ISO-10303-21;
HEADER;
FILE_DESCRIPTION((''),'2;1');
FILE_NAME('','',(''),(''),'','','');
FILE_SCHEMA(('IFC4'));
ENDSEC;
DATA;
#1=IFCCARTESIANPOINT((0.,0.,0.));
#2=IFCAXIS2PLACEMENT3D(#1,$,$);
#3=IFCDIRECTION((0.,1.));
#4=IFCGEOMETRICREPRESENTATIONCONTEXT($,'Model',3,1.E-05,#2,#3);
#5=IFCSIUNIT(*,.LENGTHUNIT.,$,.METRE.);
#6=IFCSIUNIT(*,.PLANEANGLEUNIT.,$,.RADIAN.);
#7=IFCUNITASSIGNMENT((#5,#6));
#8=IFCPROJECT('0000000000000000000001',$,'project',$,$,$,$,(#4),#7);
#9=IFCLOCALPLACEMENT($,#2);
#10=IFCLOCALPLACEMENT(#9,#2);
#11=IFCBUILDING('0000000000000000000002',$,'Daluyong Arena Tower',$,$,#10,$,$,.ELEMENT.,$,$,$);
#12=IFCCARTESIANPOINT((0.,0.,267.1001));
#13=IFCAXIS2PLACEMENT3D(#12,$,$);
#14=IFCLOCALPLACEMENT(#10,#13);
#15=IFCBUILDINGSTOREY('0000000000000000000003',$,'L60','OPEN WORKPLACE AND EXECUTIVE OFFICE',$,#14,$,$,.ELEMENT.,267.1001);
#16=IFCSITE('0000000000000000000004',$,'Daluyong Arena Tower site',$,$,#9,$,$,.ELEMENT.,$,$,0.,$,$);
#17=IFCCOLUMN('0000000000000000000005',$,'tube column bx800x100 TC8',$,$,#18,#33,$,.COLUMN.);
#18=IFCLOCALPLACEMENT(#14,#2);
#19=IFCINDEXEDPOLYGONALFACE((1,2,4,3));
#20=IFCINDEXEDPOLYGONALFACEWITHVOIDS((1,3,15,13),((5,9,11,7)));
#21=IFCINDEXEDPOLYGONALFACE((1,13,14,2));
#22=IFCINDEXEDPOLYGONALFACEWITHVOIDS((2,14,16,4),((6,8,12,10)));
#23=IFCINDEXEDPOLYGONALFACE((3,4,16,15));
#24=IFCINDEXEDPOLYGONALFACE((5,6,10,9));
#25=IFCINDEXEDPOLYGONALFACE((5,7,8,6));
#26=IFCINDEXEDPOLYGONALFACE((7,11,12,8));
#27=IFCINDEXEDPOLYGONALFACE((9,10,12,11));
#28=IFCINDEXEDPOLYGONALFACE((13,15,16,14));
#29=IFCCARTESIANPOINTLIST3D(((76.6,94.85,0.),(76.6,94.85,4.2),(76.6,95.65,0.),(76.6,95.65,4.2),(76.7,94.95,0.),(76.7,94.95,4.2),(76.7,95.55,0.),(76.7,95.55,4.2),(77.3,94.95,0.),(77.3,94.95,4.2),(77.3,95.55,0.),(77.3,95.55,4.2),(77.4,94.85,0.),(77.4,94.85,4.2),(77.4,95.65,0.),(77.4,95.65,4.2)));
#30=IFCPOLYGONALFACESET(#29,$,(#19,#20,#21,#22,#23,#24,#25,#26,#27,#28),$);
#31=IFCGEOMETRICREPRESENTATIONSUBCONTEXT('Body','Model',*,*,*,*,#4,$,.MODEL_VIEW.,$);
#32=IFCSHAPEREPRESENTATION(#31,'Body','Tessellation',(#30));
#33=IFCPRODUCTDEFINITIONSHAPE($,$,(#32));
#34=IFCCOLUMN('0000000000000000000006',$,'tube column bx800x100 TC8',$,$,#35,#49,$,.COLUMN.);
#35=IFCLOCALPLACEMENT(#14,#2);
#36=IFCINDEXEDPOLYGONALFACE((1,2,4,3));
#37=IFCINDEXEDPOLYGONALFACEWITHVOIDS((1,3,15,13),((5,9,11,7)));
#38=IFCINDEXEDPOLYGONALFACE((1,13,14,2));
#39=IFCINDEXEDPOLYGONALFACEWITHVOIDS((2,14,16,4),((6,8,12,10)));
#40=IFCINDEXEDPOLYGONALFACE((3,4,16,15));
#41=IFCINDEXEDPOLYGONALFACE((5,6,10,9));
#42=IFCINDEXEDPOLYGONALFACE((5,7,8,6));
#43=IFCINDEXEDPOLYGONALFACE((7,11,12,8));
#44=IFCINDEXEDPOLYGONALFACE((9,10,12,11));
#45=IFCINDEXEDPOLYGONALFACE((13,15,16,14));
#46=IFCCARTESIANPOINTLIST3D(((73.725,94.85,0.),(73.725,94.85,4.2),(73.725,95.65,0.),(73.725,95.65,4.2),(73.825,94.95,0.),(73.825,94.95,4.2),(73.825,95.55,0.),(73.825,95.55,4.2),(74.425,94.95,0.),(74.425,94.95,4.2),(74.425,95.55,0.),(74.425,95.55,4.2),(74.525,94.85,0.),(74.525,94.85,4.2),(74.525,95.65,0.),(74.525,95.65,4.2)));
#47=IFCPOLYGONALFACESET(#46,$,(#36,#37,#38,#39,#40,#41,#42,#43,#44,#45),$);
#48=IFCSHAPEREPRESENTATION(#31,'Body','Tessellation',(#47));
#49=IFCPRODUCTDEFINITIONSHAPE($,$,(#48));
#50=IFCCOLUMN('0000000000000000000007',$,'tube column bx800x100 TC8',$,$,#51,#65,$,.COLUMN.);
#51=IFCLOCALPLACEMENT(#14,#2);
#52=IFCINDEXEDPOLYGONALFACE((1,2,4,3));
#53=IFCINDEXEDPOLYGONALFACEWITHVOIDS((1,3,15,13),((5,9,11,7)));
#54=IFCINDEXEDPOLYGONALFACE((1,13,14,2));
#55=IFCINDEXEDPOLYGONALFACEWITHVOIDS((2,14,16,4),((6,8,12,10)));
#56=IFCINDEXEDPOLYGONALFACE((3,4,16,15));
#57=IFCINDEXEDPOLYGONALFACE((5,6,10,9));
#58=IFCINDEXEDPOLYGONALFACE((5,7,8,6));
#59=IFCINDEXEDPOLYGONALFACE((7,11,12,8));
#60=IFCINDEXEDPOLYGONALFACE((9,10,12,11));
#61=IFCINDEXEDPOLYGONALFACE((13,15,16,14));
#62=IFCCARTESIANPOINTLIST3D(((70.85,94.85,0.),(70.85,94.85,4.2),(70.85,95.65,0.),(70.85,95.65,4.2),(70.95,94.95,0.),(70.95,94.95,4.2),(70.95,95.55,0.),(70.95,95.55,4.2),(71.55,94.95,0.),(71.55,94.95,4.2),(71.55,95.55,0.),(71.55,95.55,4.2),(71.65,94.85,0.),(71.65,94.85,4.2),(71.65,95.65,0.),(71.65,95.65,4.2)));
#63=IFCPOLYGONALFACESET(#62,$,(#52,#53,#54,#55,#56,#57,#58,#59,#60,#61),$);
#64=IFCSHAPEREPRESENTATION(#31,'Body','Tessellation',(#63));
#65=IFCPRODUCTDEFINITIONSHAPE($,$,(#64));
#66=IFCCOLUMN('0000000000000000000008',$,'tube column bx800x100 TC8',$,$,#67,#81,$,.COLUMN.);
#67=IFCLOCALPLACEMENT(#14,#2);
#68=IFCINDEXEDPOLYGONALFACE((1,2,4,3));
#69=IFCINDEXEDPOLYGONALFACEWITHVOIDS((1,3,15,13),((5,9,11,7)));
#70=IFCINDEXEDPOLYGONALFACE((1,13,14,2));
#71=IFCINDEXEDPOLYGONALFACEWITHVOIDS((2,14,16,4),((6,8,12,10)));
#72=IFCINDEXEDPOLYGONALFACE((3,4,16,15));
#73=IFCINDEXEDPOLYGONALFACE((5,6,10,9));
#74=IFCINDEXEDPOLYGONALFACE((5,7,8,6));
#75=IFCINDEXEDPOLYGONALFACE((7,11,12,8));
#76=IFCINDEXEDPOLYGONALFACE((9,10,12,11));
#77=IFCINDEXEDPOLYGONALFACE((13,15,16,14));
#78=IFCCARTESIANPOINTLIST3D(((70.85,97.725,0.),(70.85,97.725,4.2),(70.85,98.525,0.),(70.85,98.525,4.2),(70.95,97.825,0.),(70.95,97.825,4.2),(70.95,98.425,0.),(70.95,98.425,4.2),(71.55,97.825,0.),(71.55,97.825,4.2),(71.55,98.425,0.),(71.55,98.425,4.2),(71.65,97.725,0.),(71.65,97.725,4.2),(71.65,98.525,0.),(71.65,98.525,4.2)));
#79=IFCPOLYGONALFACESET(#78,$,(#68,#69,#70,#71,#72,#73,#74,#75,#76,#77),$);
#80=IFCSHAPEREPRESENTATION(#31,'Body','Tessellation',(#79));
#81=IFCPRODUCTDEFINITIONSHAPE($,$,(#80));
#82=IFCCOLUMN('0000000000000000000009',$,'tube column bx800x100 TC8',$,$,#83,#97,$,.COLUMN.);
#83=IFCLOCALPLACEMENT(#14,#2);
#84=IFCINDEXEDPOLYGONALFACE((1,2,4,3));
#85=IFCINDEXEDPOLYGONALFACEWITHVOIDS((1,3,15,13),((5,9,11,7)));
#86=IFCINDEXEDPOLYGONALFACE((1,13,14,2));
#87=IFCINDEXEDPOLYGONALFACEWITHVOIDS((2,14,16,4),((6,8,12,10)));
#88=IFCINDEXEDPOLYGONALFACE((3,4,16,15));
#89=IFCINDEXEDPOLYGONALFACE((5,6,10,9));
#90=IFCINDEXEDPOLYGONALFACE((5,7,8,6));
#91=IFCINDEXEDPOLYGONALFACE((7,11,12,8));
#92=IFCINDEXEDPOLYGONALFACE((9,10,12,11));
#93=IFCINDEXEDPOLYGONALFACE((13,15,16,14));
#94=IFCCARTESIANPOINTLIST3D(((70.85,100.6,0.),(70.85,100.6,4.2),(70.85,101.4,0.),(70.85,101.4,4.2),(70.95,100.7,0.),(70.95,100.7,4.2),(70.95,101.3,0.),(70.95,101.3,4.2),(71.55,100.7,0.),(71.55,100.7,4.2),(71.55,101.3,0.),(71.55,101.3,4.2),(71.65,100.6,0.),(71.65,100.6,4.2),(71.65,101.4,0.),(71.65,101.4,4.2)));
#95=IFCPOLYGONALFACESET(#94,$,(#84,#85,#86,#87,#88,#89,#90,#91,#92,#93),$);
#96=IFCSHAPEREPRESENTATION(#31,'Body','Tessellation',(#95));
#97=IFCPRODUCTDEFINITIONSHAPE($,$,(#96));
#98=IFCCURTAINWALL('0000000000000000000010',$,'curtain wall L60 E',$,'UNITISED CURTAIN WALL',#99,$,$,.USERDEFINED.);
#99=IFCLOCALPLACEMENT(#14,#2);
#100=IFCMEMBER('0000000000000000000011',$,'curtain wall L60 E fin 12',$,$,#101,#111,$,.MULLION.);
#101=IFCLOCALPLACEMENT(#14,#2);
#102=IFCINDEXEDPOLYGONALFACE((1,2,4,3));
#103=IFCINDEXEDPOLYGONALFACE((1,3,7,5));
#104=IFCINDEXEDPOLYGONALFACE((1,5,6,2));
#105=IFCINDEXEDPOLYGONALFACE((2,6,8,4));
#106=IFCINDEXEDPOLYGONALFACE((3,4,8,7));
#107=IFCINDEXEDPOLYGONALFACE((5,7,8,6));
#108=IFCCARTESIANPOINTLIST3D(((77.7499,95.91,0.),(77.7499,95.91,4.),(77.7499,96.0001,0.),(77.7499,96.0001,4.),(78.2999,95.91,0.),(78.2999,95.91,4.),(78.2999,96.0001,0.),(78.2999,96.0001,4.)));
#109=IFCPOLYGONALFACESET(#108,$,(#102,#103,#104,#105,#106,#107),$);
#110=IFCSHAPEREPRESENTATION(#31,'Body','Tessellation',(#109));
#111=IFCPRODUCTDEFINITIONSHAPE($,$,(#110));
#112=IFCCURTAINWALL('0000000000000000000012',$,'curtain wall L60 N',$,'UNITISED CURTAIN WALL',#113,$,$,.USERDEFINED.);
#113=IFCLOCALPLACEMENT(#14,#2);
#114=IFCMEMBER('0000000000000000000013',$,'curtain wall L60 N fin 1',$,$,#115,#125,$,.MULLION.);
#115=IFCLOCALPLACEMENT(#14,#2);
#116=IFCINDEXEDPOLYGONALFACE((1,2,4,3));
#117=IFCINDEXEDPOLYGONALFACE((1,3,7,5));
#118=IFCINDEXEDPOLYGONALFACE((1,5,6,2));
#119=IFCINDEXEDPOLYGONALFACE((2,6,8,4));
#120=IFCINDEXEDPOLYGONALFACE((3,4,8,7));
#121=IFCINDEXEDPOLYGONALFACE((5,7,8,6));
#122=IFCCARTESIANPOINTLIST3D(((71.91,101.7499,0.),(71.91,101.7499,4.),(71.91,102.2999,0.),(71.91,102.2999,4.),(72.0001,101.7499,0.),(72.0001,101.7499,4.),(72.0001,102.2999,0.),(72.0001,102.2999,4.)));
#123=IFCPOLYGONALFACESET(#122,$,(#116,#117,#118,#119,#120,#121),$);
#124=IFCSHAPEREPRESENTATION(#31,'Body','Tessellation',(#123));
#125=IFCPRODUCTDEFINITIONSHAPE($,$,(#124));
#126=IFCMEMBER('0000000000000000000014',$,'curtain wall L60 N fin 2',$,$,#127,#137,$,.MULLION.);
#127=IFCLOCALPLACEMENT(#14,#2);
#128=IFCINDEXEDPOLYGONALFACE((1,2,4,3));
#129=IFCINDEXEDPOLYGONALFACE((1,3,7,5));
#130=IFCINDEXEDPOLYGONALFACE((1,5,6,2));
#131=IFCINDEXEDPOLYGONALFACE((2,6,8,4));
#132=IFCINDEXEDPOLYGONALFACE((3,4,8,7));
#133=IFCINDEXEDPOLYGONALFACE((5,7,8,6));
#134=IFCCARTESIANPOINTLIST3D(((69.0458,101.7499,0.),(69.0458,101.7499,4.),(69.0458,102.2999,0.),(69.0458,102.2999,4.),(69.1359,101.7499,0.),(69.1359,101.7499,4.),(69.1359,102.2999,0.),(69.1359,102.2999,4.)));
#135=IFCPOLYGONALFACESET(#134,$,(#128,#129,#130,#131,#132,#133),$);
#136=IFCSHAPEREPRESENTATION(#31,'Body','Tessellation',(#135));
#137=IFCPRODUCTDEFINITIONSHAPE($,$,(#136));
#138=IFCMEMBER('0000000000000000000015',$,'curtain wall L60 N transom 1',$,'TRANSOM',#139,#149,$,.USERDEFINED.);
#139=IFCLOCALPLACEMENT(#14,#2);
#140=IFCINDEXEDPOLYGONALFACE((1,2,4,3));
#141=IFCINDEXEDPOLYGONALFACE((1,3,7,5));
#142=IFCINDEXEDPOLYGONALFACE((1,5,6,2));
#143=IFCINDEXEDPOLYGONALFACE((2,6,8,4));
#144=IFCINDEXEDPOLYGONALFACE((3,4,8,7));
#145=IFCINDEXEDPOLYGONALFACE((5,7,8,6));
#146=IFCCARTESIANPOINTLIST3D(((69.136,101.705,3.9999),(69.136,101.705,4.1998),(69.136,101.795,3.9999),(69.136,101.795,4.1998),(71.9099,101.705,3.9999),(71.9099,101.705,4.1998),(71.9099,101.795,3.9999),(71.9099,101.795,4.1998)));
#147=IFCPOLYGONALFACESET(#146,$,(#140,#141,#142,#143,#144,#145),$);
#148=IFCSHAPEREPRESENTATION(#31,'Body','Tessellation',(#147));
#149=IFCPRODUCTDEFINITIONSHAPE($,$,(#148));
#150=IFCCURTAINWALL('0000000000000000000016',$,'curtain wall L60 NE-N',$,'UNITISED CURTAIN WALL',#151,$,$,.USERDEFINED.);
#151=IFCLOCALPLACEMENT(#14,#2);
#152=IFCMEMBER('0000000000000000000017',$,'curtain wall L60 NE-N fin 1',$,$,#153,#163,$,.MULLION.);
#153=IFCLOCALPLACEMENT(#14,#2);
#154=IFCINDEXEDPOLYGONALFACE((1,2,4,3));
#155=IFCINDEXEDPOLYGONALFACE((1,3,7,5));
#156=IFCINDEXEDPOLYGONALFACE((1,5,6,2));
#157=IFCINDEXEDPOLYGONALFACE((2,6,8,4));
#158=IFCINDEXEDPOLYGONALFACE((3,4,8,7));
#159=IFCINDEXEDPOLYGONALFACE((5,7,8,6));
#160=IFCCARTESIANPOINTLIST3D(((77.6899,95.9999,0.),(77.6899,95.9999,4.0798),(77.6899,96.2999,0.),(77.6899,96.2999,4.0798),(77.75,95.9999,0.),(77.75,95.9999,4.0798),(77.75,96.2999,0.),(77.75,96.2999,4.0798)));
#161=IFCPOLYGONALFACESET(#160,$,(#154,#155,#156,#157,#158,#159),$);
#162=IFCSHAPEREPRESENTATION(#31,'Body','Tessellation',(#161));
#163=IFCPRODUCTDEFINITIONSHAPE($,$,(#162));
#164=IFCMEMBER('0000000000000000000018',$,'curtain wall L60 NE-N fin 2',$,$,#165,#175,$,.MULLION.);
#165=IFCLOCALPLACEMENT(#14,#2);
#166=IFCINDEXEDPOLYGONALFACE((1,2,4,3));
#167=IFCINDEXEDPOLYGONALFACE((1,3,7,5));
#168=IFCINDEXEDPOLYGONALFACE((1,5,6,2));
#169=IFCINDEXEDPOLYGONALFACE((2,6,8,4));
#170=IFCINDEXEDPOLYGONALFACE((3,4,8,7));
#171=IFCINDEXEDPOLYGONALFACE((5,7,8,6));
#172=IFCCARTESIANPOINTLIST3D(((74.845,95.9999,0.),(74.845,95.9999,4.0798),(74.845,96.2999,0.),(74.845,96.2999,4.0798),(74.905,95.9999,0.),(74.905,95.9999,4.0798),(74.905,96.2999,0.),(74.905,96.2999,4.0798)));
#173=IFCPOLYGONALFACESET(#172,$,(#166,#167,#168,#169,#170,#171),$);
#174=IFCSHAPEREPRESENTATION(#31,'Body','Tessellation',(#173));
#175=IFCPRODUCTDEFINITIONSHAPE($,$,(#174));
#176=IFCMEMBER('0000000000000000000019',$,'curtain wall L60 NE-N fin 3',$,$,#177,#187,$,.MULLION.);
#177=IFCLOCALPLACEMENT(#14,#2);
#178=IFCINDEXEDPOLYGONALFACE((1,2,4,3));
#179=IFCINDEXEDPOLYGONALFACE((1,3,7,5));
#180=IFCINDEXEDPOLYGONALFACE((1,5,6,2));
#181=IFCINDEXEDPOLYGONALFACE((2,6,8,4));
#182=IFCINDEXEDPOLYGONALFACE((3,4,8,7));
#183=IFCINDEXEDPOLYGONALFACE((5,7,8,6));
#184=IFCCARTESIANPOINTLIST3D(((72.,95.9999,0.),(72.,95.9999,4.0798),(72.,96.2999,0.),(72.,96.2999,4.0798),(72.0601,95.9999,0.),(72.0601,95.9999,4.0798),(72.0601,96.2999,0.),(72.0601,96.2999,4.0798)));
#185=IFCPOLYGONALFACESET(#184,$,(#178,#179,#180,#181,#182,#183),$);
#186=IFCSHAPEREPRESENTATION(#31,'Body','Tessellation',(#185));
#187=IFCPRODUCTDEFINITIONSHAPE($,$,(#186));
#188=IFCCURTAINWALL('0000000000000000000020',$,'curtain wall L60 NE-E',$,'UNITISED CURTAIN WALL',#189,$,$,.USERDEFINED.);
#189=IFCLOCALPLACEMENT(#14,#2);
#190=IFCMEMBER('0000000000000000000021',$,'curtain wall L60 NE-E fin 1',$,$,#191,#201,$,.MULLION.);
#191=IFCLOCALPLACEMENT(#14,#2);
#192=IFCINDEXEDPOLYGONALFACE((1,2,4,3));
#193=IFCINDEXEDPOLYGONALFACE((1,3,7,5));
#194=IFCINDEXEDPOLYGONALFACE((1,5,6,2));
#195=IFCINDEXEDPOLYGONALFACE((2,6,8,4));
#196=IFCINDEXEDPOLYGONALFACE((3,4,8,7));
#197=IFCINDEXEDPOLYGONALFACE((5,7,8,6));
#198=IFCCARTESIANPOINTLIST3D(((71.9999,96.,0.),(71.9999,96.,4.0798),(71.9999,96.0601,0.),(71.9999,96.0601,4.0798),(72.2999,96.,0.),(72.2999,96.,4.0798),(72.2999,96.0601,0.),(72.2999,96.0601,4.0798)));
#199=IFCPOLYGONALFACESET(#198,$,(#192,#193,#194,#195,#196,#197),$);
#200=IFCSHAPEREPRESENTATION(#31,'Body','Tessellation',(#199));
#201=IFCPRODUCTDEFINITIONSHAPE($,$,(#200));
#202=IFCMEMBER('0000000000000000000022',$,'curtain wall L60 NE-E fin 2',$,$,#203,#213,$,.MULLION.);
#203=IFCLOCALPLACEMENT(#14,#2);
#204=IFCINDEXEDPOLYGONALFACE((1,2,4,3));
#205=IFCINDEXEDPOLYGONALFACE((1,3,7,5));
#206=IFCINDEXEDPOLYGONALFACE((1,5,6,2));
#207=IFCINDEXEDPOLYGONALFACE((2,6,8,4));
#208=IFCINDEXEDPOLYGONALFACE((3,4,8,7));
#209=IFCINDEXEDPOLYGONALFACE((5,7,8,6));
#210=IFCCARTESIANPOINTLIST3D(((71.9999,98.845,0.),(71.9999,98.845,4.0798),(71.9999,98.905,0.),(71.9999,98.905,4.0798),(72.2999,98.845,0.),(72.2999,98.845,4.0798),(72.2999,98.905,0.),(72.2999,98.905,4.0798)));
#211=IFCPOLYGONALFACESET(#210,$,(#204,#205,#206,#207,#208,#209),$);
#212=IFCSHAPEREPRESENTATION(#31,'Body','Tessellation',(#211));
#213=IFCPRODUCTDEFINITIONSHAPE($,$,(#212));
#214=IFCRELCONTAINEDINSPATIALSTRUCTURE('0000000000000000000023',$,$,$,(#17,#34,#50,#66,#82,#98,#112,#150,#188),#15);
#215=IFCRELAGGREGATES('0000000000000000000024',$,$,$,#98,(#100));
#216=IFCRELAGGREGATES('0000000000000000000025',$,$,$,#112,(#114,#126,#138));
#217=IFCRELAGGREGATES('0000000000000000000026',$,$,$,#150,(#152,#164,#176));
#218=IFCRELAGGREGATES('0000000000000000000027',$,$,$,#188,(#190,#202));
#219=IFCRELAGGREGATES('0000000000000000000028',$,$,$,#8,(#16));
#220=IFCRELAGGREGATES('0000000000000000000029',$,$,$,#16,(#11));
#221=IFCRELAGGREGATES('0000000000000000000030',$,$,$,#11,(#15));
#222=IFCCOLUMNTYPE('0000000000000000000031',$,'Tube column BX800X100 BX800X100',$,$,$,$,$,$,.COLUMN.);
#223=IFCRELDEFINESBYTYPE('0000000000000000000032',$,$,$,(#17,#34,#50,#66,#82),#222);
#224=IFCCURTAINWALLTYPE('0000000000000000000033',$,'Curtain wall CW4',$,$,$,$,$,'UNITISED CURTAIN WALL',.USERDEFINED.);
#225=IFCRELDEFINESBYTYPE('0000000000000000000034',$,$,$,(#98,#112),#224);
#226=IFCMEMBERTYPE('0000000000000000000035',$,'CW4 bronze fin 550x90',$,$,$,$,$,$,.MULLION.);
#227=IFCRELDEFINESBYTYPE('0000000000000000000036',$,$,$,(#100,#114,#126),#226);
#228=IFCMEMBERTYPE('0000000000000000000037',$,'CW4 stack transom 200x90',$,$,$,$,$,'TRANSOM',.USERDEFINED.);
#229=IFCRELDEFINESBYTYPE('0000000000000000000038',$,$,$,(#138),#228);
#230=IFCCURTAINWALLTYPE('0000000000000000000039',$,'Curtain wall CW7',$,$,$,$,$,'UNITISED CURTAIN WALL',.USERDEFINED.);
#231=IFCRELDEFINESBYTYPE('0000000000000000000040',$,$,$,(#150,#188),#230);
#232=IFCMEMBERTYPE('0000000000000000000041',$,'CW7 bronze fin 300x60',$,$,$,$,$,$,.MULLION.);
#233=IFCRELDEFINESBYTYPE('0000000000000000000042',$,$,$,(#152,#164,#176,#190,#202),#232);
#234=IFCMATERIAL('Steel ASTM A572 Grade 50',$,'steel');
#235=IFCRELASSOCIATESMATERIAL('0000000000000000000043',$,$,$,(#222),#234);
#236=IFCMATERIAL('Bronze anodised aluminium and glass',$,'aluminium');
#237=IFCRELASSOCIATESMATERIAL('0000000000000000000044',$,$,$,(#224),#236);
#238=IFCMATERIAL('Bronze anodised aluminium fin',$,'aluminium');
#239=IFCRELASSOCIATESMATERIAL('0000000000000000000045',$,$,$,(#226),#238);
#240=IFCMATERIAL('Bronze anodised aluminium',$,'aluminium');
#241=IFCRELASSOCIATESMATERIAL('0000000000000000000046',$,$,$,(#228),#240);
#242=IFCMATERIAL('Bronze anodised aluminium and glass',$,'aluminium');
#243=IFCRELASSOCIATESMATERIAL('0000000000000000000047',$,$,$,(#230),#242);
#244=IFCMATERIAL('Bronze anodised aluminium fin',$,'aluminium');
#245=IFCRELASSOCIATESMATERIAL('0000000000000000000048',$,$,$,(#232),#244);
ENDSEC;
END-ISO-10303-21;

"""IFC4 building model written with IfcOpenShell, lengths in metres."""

from ifc_helpers import new_model, si_unit, direction, frame, origin, origin_2d, place, context, subcontext, project, spatial, rectangle, hollow_rectangle, extrude, material, material_profile, profile_set, type_object, element, aggregate, save


model = new_model("IFC4")

# Units and contexts
model_context = context("Model", 3, precision=1e-05, world=origin(), true_north=direction((0.0, 1.0)))
body_context = subcontext(model_context, "Body", "Model", "MODEL_VIEW")
ifc_project = project(units=[si_unit("LENGTHUNIT", "METRE"), si_unit("PLANEANGLEUNIT", "RADIAN")], contexts=[model_context])

# Site, building, storey
site_placement = place(None, origin())
site = spatial("IfcSite", under=ifc_project, at=site_placement, Name="Daluyong Arena Tower site", CompositionType="ELEMENT", RefElevation=0.0)
building_placement = place(site_placement, origin())
building = spatial("IfcBuilding", under=site, at=building_placement, Name="Daluyong Arena Tower", CompositionType="ELEMENT")
storey_placement = place(building_placement, frame((0.0, 0.0, 267.1001)))
storey = spatial("IfcBuildingStorey", under=building, at=storey_placement, Name="L60", Description="OPEN WORKPLACE AND EXECUTIVE OFFICE", CompositionType="ELEMENT", Elevation=267.1001)

# Columns
ifc_material_1 = material(Name="Steel ASTM A572 Grade 50", Category="steel")
ifc_material_profile_1 = material_profile(ifc_material_1, hollow_rectangle(XDim=0.8, YDim=0.8, WallThickness=0.1, at=origin_2d()))
ifc_profile_set_1 = profile_set([ifc_material_profile_1], Name="Steel ASTM A572 Grade 50")
column_type = type_object("IfcColumnType", Name="Tube column BX800X100 BX800X100", PredefinedType="COLUMN", material=ifc_profile_set_1)
for number, where, z_axis, x_axis, name in (
    (1, (77.0, 95.25, 0.0), (0.0, 0.0, 1.0), (1.0, 0.0, 0.0), "tube column bx800x100 TC8"),
    (2, (74.125, 95.25, 0.0), (0.0, 0.0, 1.0), (1.0, 0.0, 0.0), "tube column bx800x100 TC8"),
    (3, (71.25, 95.25, 0.0), (0.0, 0.0, 1.0), (0.0, 1.0, 0.0), "tube column bx800x100 TC8"),
    (4, (71.25, 98.125, 0.0), (0.0, 0.0, 1.0), (0.0, 1.0, 0.0), "tube column bx800x100 TC8"),
    (5, (71.25, 101.0, 0.0), (0.0, 0.0, 1.0), (1.0, 0.0, 0.0), "tube column bx800x100 TC8"),
):
    element("IfcColumn", number, at=place(storey_placement, frame(where, z_axis=z_axis, x_axis=x_axis)), inside=storey, type_object=column_type, Name=name, PredefinedType="COLUMN", context=body_context, shape_type="SweptSolid", body=[
        extrude(hollow_rectangle(XDim=0.8, YDim=0.8, WallThickness=0.1, at=origin_2d()), origin(), (0.0, 0.0, 1.0), 4.2),
    ])

# Curtain wall, member
ifc_material_2 = material(Name="Bronze anodised aluminium and glass", Category="aluminium")
curtain_wall_type_1 = type_object("IfcCurtainWallType", Name="Curtain wall CW4", ElementType="UNITISED CURTAIN WALL", PredefinedType="USERDEFINED", material=ifc_material_2)
curtain_wall_1_placement = place(storey_placement, origin())
curtain_wall_1 = element("IfcCurtainWall", 6, at=curtain_wall_1_placement, inside=storey, type_object=curtain_wall_type_1, Name="curtain wall L60 E", ObjectType="UNITISED CURTAIN WALL", PredefinedType="USERDEFINED")
ifc_material_3 = material(Name="Bronze anodised aluminium fin", Category="aluminium")
ifc_material_profile_2 = material_profile(ifc_material_3, rectangle(XDim=0.55, YDim=0.0901, at=origin_2d()))
ifc_profile_set_2 = profile_set([ifc_material_profile_2], Name="Bronze anodised aluminium fin")
member_type_1 = type_object("IfcMemberType", Name="CW4 bronze fin 550x90", PredefinedType="MULLION", material=ifc_profile_set_2)
member_1_placement = place(storey_placement, frame((78.0249, 95.9551, 0.0), z_axis=(0.0, 0.0, 1.0), x_axis=(-1.0, 0.0, 0.0)))
member_1 = element("IfcMember", 7, at=member_1_placement, type_object=member_type_1, Name="curtain wall L60 E fin 12", PredefinedType="MULLION", context=body_context, shape_type="SweptSolid", body=[
    extrude(rectangle(XDim=0.55, YDim=0.0901, at=origin_2d()), origin(), (0.0, 0.0, 1.0), 4.0),
])

# Curtain walls, members
curtain_wall_2_placement = place(storey_placement, origin())
curtain_wall_2 = element("IfcCurtainWall", 8, at=curtain_wall_2_placement, inside=storey, type_object=curtain_wall_type_1, Name="curtain wall L60 N", ObjectType="UNITISED CURTAIN WALL", PredefinedType="USERDEFINED")
member_2_placement = place(storey_placement, frame((71.9551, 102.0249, 0.0), z_axis=(0.0, 0.0, 1.0), x_axis=(0.0, -1.0, 0.0)))
member_2 = element("IfcMember", 9, at=member_2_placement, type_object=member_type_1, Name="curtain wall L60 N fin 1", PredefinedType="MULLION", context=body_context, shape_type="SweptSolid", body=[
    extrude(rectangle(XDim=0.55, YDim=0.0901, at=origin_2d()), origin(), (0.0, 0.0, 1.0), 4.0),
])
member_3_placement = place(storey_placement, frame((69.0908, 102.0249, 0.0), z_axis=(0.0, 0.0, 1.0), x_axis=(0.0, -1.0, 0.0)))
member_3 = element("IfcMember", 10, at=member_3_placement, type_object=member_type_1, Name="curtain wall L60 N fin 2", PredefinedType="MULLION", context=body_context, shape_type="SweptSolid", body=[
    extrude(rectangle(XDim=0.55, YDim=0.0901, at=origin_2d()), origin(), (0.0, 0.0, 1.0), 4.0),
])
ifc_material_4 = material(Name="Bronze anodised aluminium", Category="aluminium")
ifc_material_profile_3 = material_profile(ifc_material_4, rectangle(XDim=0.0901, YDim=0.2, at=origin_2d()))
ifc_profile_set_3 = profile_set([ifc_material_profile_3], Name="Bronze anodised aluminium")
member_type_2 = type_object("IfcMemberType", Name="CW4 stack transom 200x90", ElementType="TRANSOM", PredefinedType="USERDEFINED", material=ifc_profile_set_3)
member_4_placement = place(storey_placement, frame((71.9099, 101.75, 4.0999), z_axis=(-1.0, 0.0, 0.0), x_axis=(0.0, -1.0, 0.0)))
member_4 = element("IfcMember", 11, at=member_4_placement, type_object=member_type_2, Name="curtain wall L60 N transom 1", ObjectType="TRANSOM", PredefinedType="USERDEFINED", context=body_context, shape_type="SweptSolid", body=[
    extrude(rectangle(XDim=0.0901, YDim=0.2, at=origin_2d()), origin(), (0.0, 0.0, 1.0), 2.7739),
])
ifc_material_5 = material(Name="Bronze anodised aluminium and glass", Category="aluminium")
curtain_wall_type_2 = type_object("IfcCurtainWallType", Name="Curtain wall CW7", ElementType="UNITISED CURTAIN WALL", PredefinedType="USERDEFINED", material=ifc_material_5)
curtain_wall_3_placement = place(storey_placement, origin())
curtain_wall_3 = element("IfcCurtainWall", 12, at=curtain_wall_3_placement, inside=storey, type_object=curtain_wall_type_2, Name="curtain wall L60 NE-N", ObjectType="UNITISED CURTAIN WALL", PredefinedType="USERDEFINED")
ifc_material_6 = material(Name="Bronze anodised aluminium fin", Category="aluminium")
ifc_material_profile_4 = material_profile(ifc_material_6, rectangle(XDim=0.3, YDim=0.0601, at=origin_2d()))
ifc_profile_set_4 = profile_set([ifc_material_profile_4], Name="Bronze anodised aluminium fin")
member_type_3 = type_object("IfcMemberType", Name="CW7 bronze fin 300x60", PredefinedType="MULLION", material=ifc_profile_set_4)
member_5_placement = place(storey_placement, frame((77.72, 96.1499, 0.0), z_axis=(0.0, 0.0, 1.0), x_axis=(0.0, -1.0, 0.0)))
member_5 = element("IfcMember", 13, at=member_5_placement, type_object=member_type_3, Name="curtain wall L60 NE-N fin 1", PredefinedType="MULLION", context=body_context, shape_type="SweptSolid", body=[
    extrude(rectangle(XDim=0.3, YDim=0.0601, at=origin_2d()), origin(), (0.0, 0.0, 1.0), 4.0798),
])
member_6_placement = place(storey_placement, frame((74.875, 96.1499, 0.0), z_axis=(0.0, 0.0, 1.0), x_axis=(0.0, -1.0, 0.0)))
member_6 = element("IfcMember", 14, at=member_6_placement, type_object=member_type_3, Name="curtain wall L60 NE-N fin 2", PredefinedType="MULLION", context=body_context, shape_type="SweptSolid", body=[
    extrude(rectangle(XDim=0.3, YDim=0.0601, at=origin_2d()), origin(), (0.0, 0.0, 1.0), 4.0798),
])
member_7_placement = place(storey_placement, frame((72.03, 96.1499, 0.0), z_axis=(0.0, 0.0, 1.0), x_axis=(0.0, -1.0, 0.0)))
member_7 = element("IfcMember", 15, at=member_7_placement, type_object=member_type_3, Name="curtain wall L60 NE-N fin 3", PredefinedType="MULLION", context=body_context, shape_type="SweptSolid", body=[
    extrude(rectangle(XDim=0.3, YDim=0.0601, at=origin_2d()), origin(), (0.0, 0.0, 1.0), 4.0798),
])
curtain_wall_4_placement = place(storey_placement, origin())
curtain_wall_4 = element("IfcCurtainWall", 16, at=curtain_wall_4_placement, inside=storey, type_object=curtain_wall_type_2, Name="curtain wall L60 NE-E", ObjectType="UNITISED CURTAIN WALL", PredefinedType="USERDEFINED")
member_8_placement = place(storey_placement, frame((72.1499, 96.03, 0.0), z_axis=(0.0, 0.0, 1.0), x_axis=(-1.0, 0.0, 0.0)))
member_8 = element("IfcMember", 17, at=member_8_placement, type_object=member_type_3, Name="curtain wall L60 NE-E fin 1", PredefinedType="MULLION", context=body_context, shape_type="SweptSolid", body=[
    extrude(rectangle(XDim=0.3, YDim=0.0601, at=origin_2d()), origin(), (0.0, 0.0, 1.0), 4.0798),
])
member_9_placement = place(storey_placement, frame((72.1499, 98.875, 0.0), z_axis=(0.0, 0.0, 1.0), x_axis=(-1.0, 0.0, 0.0)))
member_9 = element("IfcMember", 18, at=member_9_placement, type_object=member_type_3, Name="curtain wall L60 NE-E fin 2", PredefinedType="MULLION", context=body_context, shape_type="SweptSolid", body=[
    extrude(rectangle(XDim=0.3, YDim=0.0601, at=origin_2d()), origin(), (0.0, 0.0, 1.0), 4.0798),
])

aggregate(curtain_wall_1, [member_1])
aggregate(curtain_wall_2, [member_2, member_3, member_4])
aggregate(curtain_wall_3, [member_5, member_6, member_7])
aggregate(curtain_wall_4, [member_8, member_9])

save(model, "model.ifc")
